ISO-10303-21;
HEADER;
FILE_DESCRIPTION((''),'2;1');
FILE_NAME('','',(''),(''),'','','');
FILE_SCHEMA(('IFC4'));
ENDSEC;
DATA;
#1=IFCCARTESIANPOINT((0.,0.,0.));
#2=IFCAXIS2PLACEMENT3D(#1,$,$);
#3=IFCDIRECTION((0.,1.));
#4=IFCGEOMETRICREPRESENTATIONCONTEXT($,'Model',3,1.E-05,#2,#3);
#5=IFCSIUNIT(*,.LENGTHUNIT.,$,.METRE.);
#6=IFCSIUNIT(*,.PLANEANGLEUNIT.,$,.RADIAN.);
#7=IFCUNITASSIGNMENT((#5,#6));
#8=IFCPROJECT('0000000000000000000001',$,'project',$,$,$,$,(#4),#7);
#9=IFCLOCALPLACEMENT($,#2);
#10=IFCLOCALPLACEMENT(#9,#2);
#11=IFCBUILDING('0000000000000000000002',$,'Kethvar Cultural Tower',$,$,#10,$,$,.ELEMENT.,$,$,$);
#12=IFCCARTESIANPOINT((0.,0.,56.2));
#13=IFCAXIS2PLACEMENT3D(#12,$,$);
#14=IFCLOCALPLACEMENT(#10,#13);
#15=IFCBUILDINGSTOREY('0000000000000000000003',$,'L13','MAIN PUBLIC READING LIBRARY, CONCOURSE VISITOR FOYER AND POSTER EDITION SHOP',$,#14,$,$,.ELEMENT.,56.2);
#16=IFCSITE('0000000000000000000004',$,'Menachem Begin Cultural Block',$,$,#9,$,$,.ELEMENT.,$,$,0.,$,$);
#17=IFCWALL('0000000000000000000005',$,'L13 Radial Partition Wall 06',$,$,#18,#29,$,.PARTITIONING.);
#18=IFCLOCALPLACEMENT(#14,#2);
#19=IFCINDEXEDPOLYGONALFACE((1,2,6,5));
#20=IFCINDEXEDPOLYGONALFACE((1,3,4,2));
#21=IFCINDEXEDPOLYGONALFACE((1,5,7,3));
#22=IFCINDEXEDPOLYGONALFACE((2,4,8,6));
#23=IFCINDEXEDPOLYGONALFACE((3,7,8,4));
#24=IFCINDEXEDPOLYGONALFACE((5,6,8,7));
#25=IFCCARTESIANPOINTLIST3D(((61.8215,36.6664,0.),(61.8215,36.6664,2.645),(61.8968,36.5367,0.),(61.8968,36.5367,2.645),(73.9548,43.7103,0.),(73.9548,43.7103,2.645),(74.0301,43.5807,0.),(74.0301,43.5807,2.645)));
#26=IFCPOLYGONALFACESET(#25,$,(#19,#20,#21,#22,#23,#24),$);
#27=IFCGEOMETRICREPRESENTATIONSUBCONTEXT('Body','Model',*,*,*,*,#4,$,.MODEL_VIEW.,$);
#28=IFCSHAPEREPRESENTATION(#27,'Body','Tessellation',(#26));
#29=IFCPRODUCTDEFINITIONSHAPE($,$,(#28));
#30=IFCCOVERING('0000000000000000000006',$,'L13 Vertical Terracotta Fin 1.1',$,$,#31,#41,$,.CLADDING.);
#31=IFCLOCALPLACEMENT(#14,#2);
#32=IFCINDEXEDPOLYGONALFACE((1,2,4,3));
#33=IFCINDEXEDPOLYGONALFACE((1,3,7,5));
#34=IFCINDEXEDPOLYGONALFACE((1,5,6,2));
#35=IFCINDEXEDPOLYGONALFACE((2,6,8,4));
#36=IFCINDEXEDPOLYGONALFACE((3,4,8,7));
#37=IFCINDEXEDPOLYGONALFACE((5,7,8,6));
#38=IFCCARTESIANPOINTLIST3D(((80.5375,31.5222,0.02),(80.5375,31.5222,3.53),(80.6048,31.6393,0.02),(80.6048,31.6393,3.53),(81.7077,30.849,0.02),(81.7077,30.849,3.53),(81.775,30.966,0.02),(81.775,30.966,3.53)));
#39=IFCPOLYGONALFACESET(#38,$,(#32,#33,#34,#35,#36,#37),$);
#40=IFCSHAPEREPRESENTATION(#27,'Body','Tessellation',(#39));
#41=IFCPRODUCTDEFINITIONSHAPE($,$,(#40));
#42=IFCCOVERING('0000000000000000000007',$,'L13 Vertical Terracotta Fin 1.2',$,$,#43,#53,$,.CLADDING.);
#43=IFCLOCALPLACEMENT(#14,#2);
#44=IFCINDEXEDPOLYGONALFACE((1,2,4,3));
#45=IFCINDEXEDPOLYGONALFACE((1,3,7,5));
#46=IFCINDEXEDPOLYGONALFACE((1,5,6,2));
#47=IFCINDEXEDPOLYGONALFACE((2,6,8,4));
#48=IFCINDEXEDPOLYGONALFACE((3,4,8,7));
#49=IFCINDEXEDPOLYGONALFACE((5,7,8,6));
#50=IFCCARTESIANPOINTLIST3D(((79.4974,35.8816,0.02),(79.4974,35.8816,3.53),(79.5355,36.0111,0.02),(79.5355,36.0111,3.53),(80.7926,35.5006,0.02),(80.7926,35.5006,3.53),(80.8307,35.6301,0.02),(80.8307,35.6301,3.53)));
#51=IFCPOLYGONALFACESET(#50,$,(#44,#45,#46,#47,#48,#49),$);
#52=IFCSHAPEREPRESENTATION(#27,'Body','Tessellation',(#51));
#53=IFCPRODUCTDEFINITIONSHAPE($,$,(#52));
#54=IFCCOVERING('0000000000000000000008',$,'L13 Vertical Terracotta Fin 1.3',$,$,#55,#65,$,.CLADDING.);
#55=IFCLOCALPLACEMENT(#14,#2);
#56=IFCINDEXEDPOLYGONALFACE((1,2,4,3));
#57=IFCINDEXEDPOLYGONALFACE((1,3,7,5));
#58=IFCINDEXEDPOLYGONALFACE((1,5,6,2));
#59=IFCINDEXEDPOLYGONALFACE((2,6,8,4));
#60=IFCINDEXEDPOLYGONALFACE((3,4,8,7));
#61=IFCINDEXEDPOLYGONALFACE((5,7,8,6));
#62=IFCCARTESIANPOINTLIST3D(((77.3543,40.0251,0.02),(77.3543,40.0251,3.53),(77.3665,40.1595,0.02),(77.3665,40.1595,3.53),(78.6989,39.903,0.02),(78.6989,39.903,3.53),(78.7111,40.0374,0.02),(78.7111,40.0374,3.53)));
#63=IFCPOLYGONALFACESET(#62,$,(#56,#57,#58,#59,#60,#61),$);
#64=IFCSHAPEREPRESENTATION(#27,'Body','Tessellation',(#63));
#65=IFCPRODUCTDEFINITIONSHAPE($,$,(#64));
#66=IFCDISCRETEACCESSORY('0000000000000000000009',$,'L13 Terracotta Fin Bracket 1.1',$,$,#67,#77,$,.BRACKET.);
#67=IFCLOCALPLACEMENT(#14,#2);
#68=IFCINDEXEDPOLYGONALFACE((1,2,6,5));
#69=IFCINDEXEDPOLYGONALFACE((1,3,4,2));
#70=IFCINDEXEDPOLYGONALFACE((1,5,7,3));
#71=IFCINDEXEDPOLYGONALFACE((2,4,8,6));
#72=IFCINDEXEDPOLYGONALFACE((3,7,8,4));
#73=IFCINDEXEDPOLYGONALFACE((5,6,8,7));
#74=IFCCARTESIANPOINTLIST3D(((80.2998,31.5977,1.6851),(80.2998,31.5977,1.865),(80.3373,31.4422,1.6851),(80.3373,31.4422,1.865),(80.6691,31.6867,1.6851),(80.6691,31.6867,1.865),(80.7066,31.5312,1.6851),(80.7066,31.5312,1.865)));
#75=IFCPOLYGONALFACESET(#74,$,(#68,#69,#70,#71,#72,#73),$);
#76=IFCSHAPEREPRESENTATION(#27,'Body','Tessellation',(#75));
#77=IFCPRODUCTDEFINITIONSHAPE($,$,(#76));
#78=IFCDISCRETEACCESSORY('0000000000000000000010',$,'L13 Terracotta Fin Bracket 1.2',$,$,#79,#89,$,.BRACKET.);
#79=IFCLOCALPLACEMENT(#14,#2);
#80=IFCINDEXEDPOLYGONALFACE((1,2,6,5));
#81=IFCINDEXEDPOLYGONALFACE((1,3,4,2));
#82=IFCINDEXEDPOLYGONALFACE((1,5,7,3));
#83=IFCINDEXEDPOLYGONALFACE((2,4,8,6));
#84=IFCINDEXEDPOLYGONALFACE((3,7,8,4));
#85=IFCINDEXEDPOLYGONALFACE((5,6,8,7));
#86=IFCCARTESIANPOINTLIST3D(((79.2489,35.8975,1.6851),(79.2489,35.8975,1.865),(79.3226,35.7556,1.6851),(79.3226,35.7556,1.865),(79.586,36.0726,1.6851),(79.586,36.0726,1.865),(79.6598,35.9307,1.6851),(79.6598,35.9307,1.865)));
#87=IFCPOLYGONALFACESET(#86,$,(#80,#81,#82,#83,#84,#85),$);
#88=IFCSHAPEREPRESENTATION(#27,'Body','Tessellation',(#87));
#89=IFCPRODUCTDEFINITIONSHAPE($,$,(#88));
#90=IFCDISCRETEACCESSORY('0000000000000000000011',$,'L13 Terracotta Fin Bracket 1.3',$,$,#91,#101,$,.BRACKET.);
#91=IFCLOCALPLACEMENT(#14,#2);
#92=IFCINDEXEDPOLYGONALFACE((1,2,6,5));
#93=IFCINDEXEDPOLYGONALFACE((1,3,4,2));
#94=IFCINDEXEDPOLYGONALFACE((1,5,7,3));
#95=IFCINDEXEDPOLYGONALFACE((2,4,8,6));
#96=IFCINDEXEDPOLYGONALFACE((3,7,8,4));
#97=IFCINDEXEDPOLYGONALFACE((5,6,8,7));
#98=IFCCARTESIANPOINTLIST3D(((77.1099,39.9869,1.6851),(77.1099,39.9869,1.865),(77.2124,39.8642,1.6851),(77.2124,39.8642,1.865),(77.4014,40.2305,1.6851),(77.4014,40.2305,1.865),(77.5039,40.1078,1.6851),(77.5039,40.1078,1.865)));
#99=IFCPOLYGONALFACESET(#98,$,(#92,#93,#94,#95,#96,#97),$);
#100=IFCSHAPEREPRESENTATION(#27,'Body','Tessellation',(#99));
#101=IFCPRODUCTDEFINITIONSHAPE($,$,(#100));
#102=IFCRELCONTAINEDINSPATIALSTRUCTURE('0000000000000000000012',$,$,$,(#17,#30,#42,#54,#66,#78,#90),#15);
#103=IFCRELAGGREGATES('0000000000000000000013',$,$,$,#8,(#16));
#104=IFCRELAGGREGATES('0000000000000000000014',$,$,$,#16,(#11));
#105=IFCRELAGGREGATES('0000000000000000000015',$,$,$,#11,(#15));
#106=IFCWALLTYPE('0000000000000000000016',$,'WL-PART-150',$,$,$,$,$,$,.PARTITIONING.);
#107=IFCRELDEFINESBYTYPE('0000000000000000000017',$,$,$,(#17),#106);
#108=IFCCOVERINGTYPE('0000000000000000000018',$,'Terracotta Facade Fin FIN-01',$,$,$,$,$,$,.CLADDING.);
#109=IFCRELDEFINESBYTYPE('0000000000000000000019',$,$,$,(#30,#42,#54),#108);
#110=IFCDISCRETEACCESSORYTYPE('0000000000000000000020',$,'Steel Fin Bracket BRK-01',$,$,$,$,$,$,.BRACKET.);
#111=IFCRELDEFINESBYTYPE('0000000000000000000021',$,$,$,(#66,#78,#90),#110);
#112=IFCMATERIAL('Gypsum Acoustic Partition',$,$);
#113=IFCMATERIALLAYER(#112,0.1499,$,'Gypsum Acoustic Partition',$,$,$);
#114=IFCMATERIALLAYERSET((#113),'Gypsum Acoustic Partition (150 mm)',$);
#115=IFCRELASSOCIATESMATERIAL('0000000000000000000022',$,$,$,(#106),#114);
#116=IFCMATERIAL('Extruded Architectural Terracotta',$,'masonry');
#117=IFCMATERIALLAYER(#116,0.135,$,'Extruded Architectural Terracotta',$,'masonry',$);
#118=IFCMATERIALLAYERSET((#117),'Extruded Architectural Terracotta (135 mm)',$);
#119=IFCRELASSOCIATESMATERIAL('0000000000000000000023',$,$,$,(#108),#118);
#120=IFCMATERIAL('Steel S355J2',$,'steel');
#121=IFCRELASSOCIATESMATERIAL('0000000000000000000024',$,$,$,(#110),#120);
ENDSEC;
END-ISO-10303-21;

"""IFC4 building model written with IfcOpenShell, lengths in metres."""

from ifc_helpers import new_model, si_unit, direction, frame, frame_2d, origin, origin_2d, place, context, subcontext, project, spatial, rectangle, extrude, source, transform, mapped, material, layer, layer_set, type_object, element, save


model = new_model("IFC4")

# Units and contexts
model_context = context("Model", 3, precision=1e-05, world=origin(), true_north=direction((0.0, 1.0)))
body_context = subcontext(model_context, "Body", "Model", "MODEL_VIEW")
ifc_project = project(units=[si_unit("LENGTHUNIT", "METRE"), si_unit("PLANEANGLEUNIT", "RADIAN")], contexts=[model_context])

# Site, building, storey
site_placement = place(None, origin())
site = spatial("IfcSite", under=ifc_project, at=site_placement, Name="Menachem Begin Cultural Block", CompositionType="ELEMENT", RefElevation=0.0)
building_placement = place(site_placement, origin())
building = spatial("IfcBuilding", under=site, at=building_placement, Name="Kethvar Cultural Tower", CompositionType="ELEMENT")
storey_placement = place(building_placement, frame((0.0, 0.0, 56.2)))
storey = spatial("IfcBuildingStorey", under=building, at=storey_placement, Name="L13", Description="MAIN PUBLIC READING LIBRARY, CONCOURSE VISITOR FOYER AND POSTER EDITION SHOP", CompositionType="ELEMENT", Elevation=56.2)

# Shared definitions
ifc_material_1 = material(Name="Steel S355J2", Category="steel")

# Wall
ifc_material_2 = material(Name="Gypsum Acoustic Partition")
ifc_layer_1 = layer(ifc_material_2, 0.1499, Name="Gypsum Acoustic Partition")
ifc_layer_set_1 = layer_set([ifc_layer_1], Name="Gypsum Acoustic Partition (150 mm)")
wall_type_1 = type_object("IfcWallType", Name="WL-PART-150", PredefinedType="PARTITIONING", material=ifc_layer_set_1)
wall_1_placement = place(storey_placement, frame((61.8591, 36.6016, 0.0), z_axis=(0.0, 0.0, 1.0), x_axis=(0.864826, 0.502072, 0.0)))
element("IfcWall", 1, at=wall_1_placement, inside=storey, type_object=wall_type_1, Name="L13 Radial Partition Wall 06", PredefinedType="PARTITIONING", context=body_context, shape_type="SweptSolid", body=[
    extrude(rectangle(XDim=14.0298, YDim=0.1499, at=frame_2d((7.0149, 0.0))), origin(), (0.0, 0.0, 1.0), 2.645),
])

# Coverings
ifc_material_3 = material(Name="Extruded Architectural Terracotta", Category="masonry")
ifc_layer_2 = layer(ifc_material_3, 0.135, Name="Extruded Architectural Terracotta", Category="masonry")
ifc_layer_set_2 = layer_set([ifc_layer_2], Name="Extruded Architectural Terracotta (135 mm)")
covering_type = type_object("IfcCoveringType", Name="Terracotta Facade Fin FIN-01", PredefinedType="CLADDING", material=ifc_layer_set_2)
shared_shape_1 = source(origin(), body_context, "Body", "SweptSolid", [
    extrude(rectangle(XDim=1.3501, YDim=0.135, at=origin_2d()), origin(), (0.0, 0.0, 1.0), 3.51),
])
for number, where, z_axis, x_axis, name in (
    (2, (81.1562, 31.2441, 0.02), (0.0, 0.0, 1.0), (0.86681, -0.498639, 0.0), "L13 Vertical Terracotta Fin 1.1"),
    (3, (80.1641, 35.7559, 0.02), (0.0, 0.0, 1.0), (0.959363, -0.282174, 0.0), "L13 Vertical Terracotta Fin 1.2"),
    (4, (78.0327, 40.0312, 0.02), (0.0, 0.0, 1.0), (0.9959, -0.090459, 0.0), "L13 Vertical Terracotta Fin 1.3"),
):
    element("IfcCovering", number, at=place(storey_placement, frame(where, z_axis=z_axis, x_axis=x_axis)), inside=storey, type_object=covering_type, Name=name, PredefinedType="CLADDING", context=body_context, shape_type="MappedRepresentation", body=[
        mapped(shared_shape_1, transform((0.0, 0.0, 0.0), scale=1.0)),
    ])

# Discrete accessories
discrete_accessory_type = type_object("IfcDiscreteAccessoryType", Name="Steel Fin Bracket BRK-01", PredefinedType="BRACKET", material=ifc_material_1)
shared_shape_2 = source(origin(), body_context, "Body", "SweptSolid", [
    extrude(rectangle(XDim=0.3799, YDim=0.1599, at=origin_2d()), origin(), (0.0, 0.0, 1.0), 0.1799),
])
for number, where, z_axis, x_axis, name in (
    (5, (80.5032, 31.5645, 1.6851), (0.0, 0.0, 1.0), (0.972166, 0.234294, 0.0), "L13 Terracotta Fin Bracket 1.1"),
    (6, (79.4543, 35.9141, 1.6851), (0.0, 0.0, 1.0), (0.887413, 0.460974, 0.0), "L13 Terracotta Fin Bracket 1.2"),
    (7, (77.3069, 40.0474, 1.6851), (0.0, 0.0, 1.0), (0.767389, 0.641182, 0.0), "L13 Terracotta Fin Bracket 1.3"),
):
    element("IfcDiscreteAccessory", number, at=place(storey_placement, frame(where, z_axis=z_axis, x_axis=x_axis)), inside=storey, type_object=discrete_accessory_type, Name=name, PredefinedType="BRACKET", context=body_context, shape_type="MappedRepresentation", body=[
        mapped(shared_shape_2, transform((0.0, 0.0, 0.0), scale=1.0)),
    ])

save(model, "model.ifc")
